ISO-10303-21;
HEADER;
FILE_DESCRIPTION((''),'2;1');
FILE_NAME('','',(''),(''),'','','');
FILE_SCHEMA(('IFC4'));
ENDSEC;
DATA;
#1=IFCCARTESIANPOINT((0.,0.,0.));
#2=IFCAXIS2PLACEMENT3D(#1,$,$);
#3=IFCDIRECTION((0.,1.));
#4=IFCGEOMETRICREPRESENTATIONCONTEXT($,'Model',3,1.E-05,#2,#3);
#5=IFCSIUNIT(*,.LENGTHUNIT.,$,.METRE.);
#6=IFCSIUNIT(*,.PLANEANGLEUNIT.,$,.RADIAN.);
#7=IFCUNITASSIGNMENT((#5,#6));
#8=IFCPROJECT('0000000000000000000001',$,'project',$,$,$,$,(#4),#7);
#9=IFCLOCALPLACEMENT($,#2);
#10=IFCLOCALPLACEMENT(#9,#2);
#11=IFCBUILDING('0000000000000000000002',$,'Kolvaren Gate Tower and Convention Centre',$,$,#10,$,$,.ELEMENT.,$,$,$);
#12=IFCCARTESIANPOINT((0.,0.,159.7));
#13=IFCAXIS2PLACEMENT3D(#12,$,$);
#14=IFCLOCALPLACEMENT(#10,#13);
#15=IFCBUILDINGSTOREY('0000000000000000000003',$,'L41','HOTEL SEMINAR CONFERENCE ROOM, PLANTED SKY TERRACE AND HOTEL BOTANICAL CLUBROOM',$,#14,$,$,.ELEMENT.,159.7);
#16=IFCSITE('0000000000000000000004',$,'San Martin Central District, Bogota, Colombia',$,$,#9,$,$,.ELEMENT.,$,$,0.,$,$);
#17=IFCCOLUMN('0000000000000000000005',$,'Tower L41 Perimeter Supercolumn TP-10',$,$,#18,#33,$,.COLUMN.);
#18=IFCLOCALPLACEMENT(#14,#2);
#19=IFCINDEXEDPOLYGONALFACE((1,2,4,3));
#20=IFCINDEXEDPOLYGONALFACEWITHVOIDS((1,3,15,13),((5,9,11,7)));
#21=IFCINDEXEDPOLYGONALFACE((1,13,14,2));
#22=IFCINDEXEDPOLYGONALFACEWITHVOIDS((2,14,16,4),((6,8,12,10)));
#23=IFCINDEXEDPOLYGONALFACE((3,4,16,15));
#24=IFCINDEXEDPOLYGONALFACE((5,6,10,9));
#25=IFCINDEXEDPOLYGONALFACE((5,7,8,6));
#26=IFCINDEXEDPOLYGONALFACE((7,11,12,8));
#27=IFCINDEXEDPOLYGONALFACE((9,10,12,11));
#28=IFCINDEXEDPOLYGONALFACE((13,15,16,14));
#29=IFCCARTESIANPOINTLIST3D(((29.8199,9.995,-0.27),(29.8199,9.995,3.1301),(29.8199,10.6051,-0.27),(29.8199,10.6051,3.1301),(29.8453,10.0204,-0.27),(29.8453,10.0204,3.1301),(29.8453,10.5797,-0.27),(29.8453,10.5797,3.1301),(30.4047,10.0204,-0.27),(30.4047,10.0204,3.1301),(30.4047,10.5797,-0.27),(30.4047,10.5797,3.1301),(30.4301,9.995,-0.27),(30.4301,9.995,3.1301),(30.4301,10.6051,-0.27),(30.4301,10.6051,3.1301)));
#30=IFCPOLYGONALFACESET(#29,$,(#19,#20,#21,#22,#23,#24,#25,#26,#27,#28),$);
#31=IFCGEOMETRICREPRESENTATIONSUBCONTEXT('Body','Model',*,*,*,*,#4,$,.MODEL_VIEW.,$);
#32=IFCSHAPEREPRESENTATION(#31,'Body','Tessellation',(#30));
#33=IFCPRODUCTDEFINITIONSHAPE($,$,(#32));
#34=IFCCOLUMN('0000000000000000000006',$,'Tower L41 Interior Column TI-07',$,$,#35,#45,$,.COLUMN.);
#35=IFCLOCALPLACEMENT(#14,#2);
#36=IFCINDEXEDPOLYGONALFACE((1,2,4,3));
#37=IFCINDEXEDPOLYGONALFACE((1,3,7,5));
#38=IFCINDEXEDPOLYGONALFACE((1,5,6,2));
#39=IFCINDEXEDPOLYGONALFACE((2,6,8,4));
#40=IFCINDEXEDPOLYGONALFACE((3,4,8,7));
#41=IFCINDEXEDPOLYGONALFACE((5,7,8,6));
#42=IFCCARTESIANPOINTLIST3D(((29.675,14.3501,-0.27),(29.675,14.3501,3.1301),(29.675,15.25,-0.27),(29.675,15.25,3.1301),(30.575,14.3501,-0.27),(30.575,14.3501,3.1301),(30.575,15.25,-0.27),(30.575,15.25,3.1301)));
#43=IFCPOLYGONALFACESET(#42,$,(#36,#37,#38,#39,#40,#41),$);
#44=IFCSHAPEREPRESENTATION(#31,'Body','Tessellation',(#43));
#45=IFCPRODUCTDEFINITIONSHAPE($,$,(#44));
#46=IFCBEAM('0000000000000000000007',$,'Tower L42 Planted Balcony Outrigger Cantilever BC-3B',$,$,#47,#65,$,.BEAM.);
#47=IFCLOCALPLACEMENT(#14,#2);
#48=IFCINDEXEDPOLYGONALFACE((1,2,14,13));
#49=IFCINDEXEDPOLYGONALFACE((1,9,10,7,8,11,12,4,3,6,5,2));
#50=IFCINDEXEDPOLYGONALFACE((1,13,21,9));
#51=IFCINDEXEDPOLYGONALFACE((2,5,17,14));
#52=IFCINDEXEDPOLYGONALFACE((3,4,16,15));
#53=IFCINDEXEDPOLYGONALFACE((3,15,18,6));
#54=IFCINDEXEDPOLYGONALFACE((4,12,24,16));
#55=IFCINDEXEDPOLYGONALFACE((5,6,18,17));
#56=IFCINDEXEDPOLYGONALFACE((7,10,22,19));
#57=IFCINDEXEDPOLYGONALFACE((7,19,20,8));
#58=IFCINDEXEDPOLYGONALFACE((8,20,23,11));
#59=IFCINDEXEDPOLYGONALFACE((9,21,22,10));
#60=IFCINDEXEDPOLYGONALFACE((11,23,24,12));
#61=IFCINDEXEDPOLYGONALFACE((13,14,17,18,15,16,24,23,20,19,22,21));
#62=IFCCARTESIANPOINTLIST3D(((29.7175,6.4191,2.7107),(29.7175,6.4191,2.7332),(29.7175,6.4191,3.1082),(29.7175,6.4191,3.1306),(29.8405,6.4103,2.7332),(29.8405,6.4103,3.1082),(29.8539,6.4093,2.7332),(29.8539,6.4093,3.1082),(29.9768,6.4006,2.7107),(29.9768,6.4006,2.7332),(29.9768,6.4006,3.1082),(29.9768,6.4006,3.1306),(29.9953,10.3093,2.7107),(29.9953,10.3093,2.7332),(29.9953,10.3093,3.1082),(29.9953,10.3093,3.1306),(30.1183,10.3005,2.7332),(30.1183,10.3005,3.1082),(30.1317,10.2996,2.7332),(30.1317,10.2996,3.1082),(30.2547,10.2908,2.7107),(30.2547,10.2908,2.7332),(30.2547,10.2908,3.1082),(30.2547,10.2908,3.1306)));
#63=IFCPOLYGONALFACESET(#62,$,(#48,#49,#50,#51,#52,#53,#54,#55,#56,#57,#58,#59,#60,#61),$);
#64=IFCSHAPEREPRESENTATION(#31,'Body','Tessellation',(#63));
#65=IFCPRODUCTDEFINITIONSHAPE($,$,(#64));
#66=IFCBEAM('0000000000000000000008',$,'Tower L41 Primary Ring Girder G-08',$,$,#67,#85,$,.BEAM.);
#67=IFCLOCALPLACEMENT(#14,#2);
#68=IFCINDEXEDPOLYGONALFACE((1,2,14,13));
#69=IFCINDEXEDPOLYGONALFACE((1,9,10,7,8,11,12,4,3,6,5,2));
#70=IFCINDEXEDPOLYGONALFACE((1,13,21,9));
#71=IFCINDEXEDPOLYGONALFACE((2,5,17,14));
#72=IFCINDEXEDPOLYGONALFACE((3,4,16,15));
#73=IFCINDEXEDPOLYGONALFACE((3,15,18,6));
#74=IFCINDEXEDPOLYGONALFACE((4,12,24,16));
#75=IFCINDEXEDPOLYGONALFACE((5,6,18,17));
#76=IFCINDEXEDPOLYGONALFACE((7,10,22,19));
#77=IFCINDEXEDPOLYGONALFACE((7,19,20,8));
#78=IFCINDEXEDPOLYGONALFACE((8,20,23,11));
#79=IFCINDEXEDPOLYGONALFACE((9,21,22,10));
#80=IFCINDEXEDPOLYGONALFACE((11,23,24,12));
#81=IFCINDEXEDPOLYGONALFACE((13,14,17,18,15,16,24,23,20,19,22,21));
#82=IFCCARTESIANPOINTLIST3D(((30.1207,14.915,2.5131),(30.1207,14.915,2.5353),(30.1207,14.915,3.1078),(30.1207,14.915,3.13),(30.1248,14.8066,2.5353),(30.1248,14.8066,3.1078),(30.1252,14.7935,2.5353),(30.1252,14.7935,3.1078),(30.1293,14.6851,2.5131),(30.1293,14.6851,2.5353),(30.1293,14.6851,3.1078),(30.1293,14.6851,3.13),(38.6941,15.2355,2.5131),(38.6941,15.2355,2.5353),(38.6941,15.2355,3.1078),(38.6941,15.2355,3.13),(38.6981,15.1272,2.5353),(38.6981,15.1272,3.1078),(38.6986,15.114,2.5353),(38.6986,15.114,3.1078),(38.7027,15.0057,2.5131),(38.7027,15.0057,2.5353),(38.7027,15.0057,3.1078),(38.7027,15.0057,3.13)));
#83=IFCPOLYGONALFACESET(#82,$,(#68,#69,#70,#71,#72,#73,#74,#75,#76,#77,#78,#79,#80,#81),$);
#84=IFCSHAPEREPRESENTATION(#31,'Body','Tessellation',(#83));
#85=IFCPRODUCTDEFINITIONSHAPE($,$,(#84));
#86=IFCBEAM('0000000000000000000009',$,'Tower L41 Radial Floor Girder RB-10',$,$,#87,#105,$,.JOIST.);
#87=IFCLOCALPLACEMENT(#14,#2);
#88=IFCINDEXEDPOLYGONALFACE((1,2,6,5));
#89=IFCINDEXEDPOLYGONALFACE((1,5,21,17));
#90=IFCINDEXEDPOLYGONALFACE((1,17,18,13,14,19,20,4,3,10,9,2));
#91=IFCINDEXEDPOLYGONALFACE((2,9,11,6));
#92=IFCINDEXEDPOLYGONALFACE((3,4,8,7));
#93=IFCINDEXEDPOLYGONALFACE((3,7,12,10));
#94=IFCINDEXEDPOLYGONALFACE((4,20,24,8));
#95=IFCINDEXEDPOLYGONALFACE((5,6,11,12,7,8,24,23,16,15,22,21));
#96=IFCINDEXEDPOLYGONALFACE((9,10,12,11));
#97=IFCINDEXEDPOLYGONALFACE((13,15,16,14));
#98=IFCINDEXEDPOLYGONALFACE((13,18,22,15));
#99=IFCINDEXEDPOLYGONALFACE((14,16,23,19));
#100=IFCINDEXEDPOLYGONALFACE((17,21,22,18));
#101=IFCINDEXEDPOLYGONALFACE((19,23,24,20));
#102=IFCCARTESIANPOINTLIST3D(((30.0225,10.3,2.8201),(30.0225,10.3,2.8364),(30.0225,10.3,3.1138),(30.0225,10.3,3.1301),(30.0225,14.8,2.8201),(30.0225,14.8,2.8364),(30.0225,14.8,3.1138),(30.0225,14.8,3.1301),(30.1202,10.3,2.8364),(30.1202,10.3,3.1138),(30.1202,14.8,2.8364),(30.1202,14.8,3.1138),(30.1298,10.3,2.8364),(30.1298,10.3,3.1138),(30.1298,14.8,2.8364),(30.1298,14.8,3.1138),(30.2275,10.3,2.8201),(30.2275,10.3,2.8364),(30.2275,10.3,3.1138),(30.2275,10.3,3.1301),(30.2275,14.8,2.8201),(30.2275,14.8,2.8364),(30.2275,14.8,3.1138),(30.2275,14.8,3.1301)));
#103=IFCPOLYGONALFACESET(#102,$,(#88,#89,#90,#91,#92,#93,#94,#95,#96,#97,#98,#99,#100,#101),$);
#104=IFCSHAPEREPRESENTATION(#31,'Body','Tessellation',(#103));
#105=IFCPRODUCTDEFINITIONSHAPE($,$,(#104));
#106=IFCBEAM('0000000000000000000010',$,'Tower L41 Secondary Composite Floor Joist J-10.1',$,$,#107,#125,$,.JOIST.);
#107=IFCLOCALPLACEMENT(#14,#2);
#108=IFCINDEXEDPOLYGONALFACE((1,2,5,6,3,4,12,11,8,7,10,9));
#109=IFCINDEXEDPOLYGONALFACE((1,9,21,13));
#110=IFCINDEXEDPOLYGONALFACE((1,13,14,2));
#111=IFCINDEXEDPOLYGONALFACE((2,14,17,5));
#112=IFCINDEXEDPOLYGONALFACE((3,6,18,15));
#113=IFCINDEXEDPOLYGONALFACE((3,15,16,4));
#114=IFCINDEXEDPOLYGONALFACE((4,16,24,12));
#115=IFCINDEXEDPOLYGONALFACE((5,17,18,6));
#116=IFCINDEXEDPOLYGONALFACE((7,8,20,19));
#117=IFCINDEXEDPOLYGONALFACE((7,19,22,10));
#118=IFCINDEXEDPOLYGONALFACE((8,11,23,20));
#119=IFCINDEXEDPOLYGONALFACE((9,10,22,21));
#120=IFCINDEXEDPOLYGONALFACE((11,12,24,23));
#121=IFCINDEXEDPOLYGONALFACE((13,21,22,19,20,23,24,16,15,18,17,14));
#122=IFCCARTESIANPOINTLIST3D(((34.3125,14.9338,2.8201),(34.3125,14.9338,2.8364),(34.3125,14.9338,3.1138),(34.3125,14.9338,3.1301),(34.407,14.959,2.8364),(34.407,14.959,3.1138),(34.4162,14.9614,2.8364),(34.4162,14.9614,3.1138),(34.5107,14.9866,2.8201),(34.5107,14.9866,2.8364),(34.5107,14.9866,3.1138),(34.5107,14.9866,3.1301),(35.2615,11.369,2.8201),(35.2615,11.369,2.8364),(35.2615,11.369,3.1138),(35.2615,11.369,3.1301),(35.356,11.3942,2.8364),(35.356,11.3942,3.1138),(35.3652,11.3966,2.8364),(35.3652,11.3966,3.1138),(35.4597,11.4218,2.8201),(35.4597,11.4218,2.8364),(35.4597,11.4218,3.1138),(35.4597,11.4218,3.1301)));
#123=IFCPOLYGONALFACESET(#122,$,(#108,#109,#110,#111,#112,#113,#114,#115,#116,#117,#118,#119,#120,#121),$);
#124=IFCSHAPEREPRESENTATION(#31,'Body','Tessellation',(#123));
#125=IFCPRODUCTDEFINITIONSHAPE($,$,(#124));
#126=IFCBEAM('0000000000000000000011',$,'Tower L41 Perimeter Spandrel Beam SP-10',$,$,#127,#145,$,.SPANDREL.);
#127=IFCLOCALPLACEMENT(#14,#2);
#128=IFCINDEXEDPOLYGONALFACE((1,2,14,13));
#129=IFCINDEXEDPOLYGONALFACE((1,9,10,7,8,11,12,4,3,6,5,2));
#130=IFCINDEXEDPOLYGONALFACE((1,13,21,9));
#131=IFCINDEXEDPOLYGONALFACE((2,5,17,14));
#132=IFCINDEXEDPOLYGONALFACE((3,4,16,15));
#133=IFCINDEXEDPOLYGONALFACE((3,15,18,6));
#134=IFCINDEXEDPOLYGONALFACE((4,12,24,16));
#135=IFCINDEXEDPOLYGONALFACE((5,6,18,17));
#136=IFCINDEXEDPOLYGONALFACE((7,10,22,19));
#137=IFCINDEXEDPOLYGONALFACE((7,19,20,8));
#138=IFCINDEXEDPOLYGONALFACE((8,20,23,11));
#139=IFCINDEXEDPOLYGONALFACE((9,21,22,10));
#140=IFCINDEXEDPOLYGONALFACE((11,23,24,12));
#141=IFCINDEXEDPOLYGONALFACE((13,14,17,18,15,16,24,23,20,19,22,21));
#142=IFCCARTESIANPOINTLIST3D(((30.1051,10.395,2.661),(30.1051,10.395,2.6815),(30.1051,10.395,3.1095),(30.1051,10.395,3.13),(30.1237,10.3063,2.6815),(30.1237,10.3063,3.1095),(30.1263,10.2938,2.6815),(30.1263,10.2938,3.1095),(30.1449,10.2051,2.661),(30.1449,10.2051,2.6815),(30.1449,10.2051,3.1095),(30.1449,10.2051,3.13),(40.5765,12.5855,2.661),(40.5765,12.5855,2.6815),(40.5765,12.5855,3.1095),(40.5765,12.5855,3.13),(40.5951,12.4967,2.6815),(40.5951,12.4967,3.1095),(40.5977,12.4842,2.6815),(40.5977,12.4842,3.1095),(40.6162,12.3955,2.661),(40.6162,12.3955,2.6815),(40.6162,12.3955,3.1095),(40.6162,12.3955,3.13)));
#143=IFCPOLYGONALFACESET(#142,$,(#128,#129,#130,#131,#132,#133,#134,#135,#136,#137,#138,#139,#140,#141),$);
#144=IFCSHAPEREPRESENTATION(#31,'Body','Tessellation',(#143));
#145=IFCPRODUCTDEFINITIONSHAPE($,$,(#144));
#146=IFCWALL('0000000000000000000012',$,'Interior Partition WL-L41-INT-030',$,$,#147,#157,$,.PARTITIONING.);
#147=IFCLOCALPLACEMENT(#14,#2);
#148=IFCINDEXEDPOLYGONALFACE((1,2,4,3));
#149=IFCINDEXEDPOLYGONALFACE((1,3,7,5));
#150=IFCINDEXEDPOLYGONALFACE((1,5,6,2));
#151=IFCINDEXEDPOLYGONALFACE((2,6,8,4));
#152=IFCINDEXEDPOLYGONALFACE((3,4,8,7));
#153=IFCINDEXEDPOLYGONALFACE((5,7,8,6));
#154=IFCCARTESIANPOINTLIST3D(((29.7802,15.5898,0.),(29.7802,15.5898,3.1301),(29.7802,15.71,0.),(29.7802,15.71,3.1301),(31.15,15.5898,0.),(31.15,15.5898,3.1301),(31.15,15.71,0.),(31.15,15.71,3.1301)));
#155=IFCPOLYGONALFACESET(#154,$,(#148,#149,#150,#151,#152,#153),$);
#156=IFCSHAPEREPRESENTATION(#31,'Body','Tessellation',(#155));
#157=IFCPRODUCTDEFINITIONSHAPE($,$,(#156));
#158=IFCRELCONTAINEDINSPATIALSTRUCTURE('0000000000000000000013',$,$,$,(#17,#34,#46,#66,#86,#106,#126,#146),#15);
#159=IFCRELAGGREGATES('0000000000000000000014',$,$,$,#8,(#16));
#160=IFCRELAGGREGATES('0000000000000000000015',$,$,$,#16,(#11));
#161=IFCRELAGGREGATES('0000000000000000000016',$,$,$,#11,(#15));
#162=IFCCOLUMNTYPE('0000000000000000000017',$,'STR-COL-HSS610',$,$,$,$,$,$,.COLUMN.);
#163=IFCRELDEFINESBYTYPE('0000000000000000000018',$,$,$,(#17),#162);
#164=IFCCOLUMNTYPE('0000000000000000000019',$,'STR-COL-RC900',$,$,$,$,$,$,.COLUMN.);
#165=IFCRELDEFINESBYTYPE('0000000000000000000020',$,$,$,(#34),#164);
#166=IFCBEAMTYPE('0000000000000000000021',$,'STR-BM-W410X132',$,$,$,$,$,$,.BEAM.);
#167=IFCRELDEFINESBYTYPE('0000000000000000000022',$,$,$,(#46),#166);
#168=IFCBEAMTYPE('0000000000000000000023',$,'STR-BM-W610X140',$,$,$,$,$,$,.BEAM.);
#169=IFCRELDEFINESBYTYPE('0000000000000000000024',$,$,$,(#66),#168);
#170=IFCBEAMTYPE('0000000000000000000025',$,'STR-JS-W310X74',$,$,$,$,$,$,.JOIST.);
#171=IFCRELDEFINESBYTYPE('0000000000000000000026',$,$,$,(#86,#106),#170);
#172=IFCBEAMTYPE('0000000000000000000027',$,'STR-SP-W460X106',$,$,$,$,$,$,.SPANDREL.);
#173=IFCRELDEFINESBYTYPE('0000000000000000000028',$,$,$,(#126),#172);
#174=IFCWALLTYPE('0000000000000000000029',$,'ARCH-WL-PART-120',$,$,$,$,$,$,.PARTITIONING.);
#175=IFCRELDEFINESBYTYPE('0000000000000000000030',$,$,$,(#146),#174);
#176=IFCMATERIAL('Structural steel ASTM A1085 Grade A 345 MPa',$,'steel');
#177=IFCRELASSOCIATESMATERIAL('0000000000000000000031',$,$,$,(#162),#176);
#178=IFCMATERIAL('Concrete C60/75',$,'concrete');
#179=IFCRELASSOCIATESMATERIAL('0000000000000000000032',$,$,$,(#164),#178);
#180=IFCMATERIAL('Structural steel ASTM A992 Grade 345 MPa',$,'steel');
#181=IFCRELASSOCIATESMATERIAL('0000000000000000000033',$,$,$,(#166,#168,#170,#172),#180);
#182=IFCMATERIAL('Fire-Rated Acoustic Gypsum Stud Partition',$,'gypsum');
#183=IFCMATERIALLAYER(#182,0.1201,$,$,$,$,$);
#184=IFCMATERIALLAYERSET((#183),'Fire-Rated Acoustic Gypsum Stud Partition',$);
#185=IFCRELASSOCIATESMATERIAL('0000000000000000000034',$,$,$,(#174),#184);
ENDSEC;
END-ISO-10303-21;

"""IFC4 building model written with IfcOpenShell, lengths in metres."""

from ifc_helpers import new_model, si_unit, direction, frame, frame_2d, origin, origin_2d, place, context, subcontext, project, spatial, rectangle, hollow_rectangle, i_section, extrude, material, layer, layer_set, material_profile, profile_set, type_object, element, save


model = new_model("IFC4")

# Units and contexts
model_context = context("Model", 3, precision=1e-05, world=origin(), true_north=direction((0.0, 1.0)))
body_context = subcontext(model_context, "Body", "Model", "MODEL_VIEW")
ifc_project = project(units=[si_unit("LENGTHUNIT", "METRE"), si_unit("PLANEANGLEUNIT", "RADIAN")], contexts=[model_context])

# Site, building, storey
site_placement = place(None, origin())
site = spatial("IfcSite", under=ifc_project, at=site_placement, Name="San Martin Central District, Bogota, Colombia", CompositionType="ELEMENT", RefElevation=0.0)
building_placement = place(site_placement, origin())
building = spatial("IfcBuilding", under=site, at=building_placement, Name="Kolvaren Gate Tower and Convention Centre", CompositionType="ELEMENT")
storey_placement = place(building_placement, frame((0.0, 0.0, 159.7)))
storey = spatial("IfcBuildingStorey", under=building, at=storey_placement, Name="L41", Description="HOTEL SEMINAR CONFERENCE ROOM, PLANTED SKY TERRACE AND HOTEL BOTANICAL CLUBROOM", CompositionType="ELEMENT", Elevation=159.7)

# Columns
ifc_material_1 = material(Name="Structural steel ASTM A1085 Grade A 345 MPa", Category="steel")
ifc_material_profile_1 = material_profile(ifc_material_1, hollow_rectangle(XDim=0.6101, YDim=0.6101, WallThickness=0.0254, at=origin_2d()), Name="HSS610X610X25.4")
ifc_profile_set_1 = profile_set([ifc_material_profile_1], Name="Structural steel ASTM A1085 Grade A 345 MPa")
column_type_1 = type_object("IfcColumnType", Name="STR-COL-HSS610", PredefinedType="COLUMN", material=ifc_profile_set_1)
column_1_placement = place(storey_placement, frame((30.125, 10.3, -0.27), z_axis=(0.0, 0.0, 1.0), x_axis=(1.0, 0.0, 0.0)))
element("IfcColumn", 1, at=column_1_placement, inside=storey, type_object=column_type_1, Name="Tower L41 Perimeter Supercolumn TP-10", PredefinedType="COLUMN", context=body_context, shape_type="SweptSolid", body=[
    extrude(hollow_rectangle(XDim=0.6101, YDim=0.6101, WallThickness=0.0254, at=origin_2d()), origin(), (0.0, 0.0, 1.0), 3.4001),
])
ifc_material_2 = material(Name="Concrete C60/75", Category="concrete")
ifc_material_profile_2 = material_profile(ifc_material_2, rectangle(XDim=0.8999, YDim=0.8999, at=origin_2d()), Name="RC-COL-900X900")
ifc_profile_set_2 = profile_set([ifc_material_profile_2], Name="Concrete C60/75")
column_type_2 = type_object("IfcColumnType", Name="STR-COL-RC900", PredefinedType="COLUMN", material=ifc_profile_set_2)
column_2_placement = place(storey_placement, frame((30.125, 14.8, -0.27), z_axis=(0.0, 0.0, 1.0), x_axis=(1.0, 0.0, 0.0)))
element("IfcColumn", 2, at=column_2_placement, inside=storey, type_object=column_type_2, Name="Tower L41 Interior Column TI-07", PredefinedType="COLUMN", context=body_context, shape_type="SweptSolid", body=[
    extrude(rectangle(XDim=0.8999, YDim=0.8999, at=origin_2d()), origin(), (0.0, 0.0, 1.0), 3.4001),
])

# Beams
ifc_material_3 = material(Name="Structural steel ASTM A992 Grade 345 MPa", Category="steel")
ifc_material_profile_3 = material_profile(ifc_material_3, i_section(OverallWidth=0.26, OverallDepth=0.4199, WebThickness=0.0134, FlangeThickness=0.0225, at=origin_2d()), Name="W410X132")
ifc_profile_set_3 = profile_set([ifc_material_profile_3], Name="Structural steel ASTM A992 Grade 345 MPa")
beam_type_1 = type_object("IfcBeamType", Name="STR-BM-W410X132", PredefinedType="BEAM", material=ifc_profile_set_3)
beam_1_placement = place(storey_placement, frame((30.125, 10.3, 2.9207), z_axis=(-0.071238, -0.997459, 0.0), x_axis=(0.997459, -0.071238, 0.0)))
element("IfcBeam", 3, at=beam_1_placement, inside=storey, type_object=beam_type_1, Name="Tower L42 Planted Balcony Outrigger Cantilever BC-3B", PredefinedType="BEAM", context=body_context, shape_type="SweptSolid", body=[
    extrude(i_section(OverallWidth=0.26, OverallDepth=0.4199, WebThickness=0.0134, FlangeThickness=0.0225, at=origin_2d()), origin(), (0.0, 0.0, 1.0), 3.9001),
])
ifc_material_profile_4 = material_profile(ifc_material_3, i_section(OverallWidth=0.23, OverallDepth=0.6169, WebThickness=0.0132, FlangeThickness=0.0222, at=origin_2d()), Name="W610X140")
ifc_profile_set_4 = profile_set([ifc_material_profile_4], Name="Structural steel ASTM A992 Grade 345 MPa")
beam_type_2 = type_object("IfcBeamType", Name="STR-BM-W610X140", PredefinedType="BEAM", material=ifc_profile_set_4)
beam_2_placement = place(storey_placement, frame((30.125, 14.8, 2.8215), z_axis=(0.999302, 0.037364, 0.0), x_axis=(-0.037364, 0.999302, 0.0)))
element("IfcBeam", 4, at=beam_2_placement, inside=storey, type_object=beam_type_2, Name="Tower L41 Primary Ring Girder G-08", PredefinedType="BEAM", context=body_context, shape_type="SweptSolid", body=[
    extrude(i_section(OverallWidth=0.23, OverallDepth=0.6169, WebThickness=0.0132, FlangeThickness=0.0222, at=origin_2d()), origin(), (0.0, 0.0, 1.0), 8.5793),
])
ifc_material_profile_5 = material_profile(ifc_material_3, i_section(OverallWidth=0.2051, OverallDepth=0.3101, WebThickness=0.0095, FlangeThickness=0.0164, at=origin_2d()), Name="W310X74")
ifc_profile_set_5 = profile_set([ifc_material_profile_5], Name="Structural steel ASTM A992 Grade 345 MPa")
beam_type_3 = type_object("IfcBeamType", Name="STR-JS-W310X74", PredefinedType="JOIST", material=ifc_profile_set_5)
beam_3_placement = place(storey_placement, frame((30.125, 14.8, 2.9751), z_axis=(0.0, -1.0, 0.0), x_axis=(1.0, 0.0, 0.0)))
element("IfcBeam", 5, at=beam_3_placement, inside=storey, type_object=beam_type_3, Name="Tower L41 Radial Floor Girder RB-10", PredefinedType="JOIST", context=body_context, shape_type="SweptSolid", body=[
    extrude(i_section(OverallWidth=0.2051, OverallDepth=0.3101, WebThickness=0.0095, FlangeThickness=0.0164, at=origin_2d()), origin(), (0.0, 0.0, 1.0), 4.5),
])
beam_4_placement = place(storey_placement, frame((34.4116, 14.9602, 2.9751), z_axis=(0.257238, -0.966348, 0.0), x_axis=(0.966348, 0.257238, 0.0)))
element("IfcBeam", 6, at=beam_4_placement, inside=storey, type_object=beam_type_3, Name="Tower L41 Secondary Composite Floor Joist J-10.1", PredefinedType="JOIST", context=body_context, shape_type="SweptSolid", body=[
    extrude(i_section(OverallWidth=0.2051, OverallDepth=0.3101, WebThickness=0.0095, FlangeThickness=0.0164, at=origin_2d()), origin(), (0.0, 0.0, 1.0), 3.689),
])
ifc_material_profile_6 = material_profile(ifc_material_3, i_section(OverallWidth=0.1941, OverallDepth=0.469, WebThickness=0.0127, FlangeThickness=0.0205, at=origin_2d()), Name="W460X106")
ifc_profile_set_6 = profile_set([ifc_material_profile_6], Name="Structural steel ASTM A992 Grade 345 MPa")
beam_type_4 = type_object("IfcBeamType", Name="STR-SP-W460X106", PredefinedType="SPANDREL", material=ifc_profile_set_6)
beam_5_placement = place(storey_placement, frame((30.125, 10.3, 2.8955), z_axis=(0.978814, 0.20475, 0.0), x_axis=(-0.20475, 0.978814, 0.0)))
element("IfcBeam", 7, at=beam_5_placement, inside=storey, type_object=beam_type_4, Name="Tower L41 Perimeter Spandrel Beam SP-10", PredefinedType="SPANDREL", context=body_context, shape_type="SweptSolid", body=[
    extrude(i_section(OverallWidth=0.1941, OverallDepth=0.469, WebThickness=0.0127, FlangeThickness=0.0205, at=origin_2d()), origin(), (0.0, 0.0, 1.0), 10.698),
])

# Wall
ifc_material_4 = material(Name="Fire-Rated Acoustic Gypsum Stud Partition", Category="gypsum")
ifc_layer_1 = layer(ifc_material_4, 0.1201)
ifc_layer_set_1 = layer_set([ifc_layer_1], Name="Fire-Rated Acoustic Gypsum Stud Partition")
wall_type_1 = type_object("IfcWallType", Name="ARCH-WL-PART-120", PredefinedType="PARTITIONING", material=ifc_layer_set_1)
wall_1_placement = place(storey_placement, frame((29.78, 15.6499, 0.0), z_axis=(0.0, 0.0, 1.0), x_axis=(1.0, 0.0, 0.0)))
element("IfcWall", 8, at=wall_1_placement, inside=storey, type_object=wall_type_1, Name="Interior Partition WL-L41-INT-030", PredefinedType="PARTITIONING", context=body_context, shape_type="SweptSolid", body=[
    extrude(rectangle(XDim=1.3699, YDim=0.1201, at=frame_2d((0.6851, 0.0))), origin(), (0.0, 0.0, 1.0), 3.1301),
])

save(model, "model.ifc")
